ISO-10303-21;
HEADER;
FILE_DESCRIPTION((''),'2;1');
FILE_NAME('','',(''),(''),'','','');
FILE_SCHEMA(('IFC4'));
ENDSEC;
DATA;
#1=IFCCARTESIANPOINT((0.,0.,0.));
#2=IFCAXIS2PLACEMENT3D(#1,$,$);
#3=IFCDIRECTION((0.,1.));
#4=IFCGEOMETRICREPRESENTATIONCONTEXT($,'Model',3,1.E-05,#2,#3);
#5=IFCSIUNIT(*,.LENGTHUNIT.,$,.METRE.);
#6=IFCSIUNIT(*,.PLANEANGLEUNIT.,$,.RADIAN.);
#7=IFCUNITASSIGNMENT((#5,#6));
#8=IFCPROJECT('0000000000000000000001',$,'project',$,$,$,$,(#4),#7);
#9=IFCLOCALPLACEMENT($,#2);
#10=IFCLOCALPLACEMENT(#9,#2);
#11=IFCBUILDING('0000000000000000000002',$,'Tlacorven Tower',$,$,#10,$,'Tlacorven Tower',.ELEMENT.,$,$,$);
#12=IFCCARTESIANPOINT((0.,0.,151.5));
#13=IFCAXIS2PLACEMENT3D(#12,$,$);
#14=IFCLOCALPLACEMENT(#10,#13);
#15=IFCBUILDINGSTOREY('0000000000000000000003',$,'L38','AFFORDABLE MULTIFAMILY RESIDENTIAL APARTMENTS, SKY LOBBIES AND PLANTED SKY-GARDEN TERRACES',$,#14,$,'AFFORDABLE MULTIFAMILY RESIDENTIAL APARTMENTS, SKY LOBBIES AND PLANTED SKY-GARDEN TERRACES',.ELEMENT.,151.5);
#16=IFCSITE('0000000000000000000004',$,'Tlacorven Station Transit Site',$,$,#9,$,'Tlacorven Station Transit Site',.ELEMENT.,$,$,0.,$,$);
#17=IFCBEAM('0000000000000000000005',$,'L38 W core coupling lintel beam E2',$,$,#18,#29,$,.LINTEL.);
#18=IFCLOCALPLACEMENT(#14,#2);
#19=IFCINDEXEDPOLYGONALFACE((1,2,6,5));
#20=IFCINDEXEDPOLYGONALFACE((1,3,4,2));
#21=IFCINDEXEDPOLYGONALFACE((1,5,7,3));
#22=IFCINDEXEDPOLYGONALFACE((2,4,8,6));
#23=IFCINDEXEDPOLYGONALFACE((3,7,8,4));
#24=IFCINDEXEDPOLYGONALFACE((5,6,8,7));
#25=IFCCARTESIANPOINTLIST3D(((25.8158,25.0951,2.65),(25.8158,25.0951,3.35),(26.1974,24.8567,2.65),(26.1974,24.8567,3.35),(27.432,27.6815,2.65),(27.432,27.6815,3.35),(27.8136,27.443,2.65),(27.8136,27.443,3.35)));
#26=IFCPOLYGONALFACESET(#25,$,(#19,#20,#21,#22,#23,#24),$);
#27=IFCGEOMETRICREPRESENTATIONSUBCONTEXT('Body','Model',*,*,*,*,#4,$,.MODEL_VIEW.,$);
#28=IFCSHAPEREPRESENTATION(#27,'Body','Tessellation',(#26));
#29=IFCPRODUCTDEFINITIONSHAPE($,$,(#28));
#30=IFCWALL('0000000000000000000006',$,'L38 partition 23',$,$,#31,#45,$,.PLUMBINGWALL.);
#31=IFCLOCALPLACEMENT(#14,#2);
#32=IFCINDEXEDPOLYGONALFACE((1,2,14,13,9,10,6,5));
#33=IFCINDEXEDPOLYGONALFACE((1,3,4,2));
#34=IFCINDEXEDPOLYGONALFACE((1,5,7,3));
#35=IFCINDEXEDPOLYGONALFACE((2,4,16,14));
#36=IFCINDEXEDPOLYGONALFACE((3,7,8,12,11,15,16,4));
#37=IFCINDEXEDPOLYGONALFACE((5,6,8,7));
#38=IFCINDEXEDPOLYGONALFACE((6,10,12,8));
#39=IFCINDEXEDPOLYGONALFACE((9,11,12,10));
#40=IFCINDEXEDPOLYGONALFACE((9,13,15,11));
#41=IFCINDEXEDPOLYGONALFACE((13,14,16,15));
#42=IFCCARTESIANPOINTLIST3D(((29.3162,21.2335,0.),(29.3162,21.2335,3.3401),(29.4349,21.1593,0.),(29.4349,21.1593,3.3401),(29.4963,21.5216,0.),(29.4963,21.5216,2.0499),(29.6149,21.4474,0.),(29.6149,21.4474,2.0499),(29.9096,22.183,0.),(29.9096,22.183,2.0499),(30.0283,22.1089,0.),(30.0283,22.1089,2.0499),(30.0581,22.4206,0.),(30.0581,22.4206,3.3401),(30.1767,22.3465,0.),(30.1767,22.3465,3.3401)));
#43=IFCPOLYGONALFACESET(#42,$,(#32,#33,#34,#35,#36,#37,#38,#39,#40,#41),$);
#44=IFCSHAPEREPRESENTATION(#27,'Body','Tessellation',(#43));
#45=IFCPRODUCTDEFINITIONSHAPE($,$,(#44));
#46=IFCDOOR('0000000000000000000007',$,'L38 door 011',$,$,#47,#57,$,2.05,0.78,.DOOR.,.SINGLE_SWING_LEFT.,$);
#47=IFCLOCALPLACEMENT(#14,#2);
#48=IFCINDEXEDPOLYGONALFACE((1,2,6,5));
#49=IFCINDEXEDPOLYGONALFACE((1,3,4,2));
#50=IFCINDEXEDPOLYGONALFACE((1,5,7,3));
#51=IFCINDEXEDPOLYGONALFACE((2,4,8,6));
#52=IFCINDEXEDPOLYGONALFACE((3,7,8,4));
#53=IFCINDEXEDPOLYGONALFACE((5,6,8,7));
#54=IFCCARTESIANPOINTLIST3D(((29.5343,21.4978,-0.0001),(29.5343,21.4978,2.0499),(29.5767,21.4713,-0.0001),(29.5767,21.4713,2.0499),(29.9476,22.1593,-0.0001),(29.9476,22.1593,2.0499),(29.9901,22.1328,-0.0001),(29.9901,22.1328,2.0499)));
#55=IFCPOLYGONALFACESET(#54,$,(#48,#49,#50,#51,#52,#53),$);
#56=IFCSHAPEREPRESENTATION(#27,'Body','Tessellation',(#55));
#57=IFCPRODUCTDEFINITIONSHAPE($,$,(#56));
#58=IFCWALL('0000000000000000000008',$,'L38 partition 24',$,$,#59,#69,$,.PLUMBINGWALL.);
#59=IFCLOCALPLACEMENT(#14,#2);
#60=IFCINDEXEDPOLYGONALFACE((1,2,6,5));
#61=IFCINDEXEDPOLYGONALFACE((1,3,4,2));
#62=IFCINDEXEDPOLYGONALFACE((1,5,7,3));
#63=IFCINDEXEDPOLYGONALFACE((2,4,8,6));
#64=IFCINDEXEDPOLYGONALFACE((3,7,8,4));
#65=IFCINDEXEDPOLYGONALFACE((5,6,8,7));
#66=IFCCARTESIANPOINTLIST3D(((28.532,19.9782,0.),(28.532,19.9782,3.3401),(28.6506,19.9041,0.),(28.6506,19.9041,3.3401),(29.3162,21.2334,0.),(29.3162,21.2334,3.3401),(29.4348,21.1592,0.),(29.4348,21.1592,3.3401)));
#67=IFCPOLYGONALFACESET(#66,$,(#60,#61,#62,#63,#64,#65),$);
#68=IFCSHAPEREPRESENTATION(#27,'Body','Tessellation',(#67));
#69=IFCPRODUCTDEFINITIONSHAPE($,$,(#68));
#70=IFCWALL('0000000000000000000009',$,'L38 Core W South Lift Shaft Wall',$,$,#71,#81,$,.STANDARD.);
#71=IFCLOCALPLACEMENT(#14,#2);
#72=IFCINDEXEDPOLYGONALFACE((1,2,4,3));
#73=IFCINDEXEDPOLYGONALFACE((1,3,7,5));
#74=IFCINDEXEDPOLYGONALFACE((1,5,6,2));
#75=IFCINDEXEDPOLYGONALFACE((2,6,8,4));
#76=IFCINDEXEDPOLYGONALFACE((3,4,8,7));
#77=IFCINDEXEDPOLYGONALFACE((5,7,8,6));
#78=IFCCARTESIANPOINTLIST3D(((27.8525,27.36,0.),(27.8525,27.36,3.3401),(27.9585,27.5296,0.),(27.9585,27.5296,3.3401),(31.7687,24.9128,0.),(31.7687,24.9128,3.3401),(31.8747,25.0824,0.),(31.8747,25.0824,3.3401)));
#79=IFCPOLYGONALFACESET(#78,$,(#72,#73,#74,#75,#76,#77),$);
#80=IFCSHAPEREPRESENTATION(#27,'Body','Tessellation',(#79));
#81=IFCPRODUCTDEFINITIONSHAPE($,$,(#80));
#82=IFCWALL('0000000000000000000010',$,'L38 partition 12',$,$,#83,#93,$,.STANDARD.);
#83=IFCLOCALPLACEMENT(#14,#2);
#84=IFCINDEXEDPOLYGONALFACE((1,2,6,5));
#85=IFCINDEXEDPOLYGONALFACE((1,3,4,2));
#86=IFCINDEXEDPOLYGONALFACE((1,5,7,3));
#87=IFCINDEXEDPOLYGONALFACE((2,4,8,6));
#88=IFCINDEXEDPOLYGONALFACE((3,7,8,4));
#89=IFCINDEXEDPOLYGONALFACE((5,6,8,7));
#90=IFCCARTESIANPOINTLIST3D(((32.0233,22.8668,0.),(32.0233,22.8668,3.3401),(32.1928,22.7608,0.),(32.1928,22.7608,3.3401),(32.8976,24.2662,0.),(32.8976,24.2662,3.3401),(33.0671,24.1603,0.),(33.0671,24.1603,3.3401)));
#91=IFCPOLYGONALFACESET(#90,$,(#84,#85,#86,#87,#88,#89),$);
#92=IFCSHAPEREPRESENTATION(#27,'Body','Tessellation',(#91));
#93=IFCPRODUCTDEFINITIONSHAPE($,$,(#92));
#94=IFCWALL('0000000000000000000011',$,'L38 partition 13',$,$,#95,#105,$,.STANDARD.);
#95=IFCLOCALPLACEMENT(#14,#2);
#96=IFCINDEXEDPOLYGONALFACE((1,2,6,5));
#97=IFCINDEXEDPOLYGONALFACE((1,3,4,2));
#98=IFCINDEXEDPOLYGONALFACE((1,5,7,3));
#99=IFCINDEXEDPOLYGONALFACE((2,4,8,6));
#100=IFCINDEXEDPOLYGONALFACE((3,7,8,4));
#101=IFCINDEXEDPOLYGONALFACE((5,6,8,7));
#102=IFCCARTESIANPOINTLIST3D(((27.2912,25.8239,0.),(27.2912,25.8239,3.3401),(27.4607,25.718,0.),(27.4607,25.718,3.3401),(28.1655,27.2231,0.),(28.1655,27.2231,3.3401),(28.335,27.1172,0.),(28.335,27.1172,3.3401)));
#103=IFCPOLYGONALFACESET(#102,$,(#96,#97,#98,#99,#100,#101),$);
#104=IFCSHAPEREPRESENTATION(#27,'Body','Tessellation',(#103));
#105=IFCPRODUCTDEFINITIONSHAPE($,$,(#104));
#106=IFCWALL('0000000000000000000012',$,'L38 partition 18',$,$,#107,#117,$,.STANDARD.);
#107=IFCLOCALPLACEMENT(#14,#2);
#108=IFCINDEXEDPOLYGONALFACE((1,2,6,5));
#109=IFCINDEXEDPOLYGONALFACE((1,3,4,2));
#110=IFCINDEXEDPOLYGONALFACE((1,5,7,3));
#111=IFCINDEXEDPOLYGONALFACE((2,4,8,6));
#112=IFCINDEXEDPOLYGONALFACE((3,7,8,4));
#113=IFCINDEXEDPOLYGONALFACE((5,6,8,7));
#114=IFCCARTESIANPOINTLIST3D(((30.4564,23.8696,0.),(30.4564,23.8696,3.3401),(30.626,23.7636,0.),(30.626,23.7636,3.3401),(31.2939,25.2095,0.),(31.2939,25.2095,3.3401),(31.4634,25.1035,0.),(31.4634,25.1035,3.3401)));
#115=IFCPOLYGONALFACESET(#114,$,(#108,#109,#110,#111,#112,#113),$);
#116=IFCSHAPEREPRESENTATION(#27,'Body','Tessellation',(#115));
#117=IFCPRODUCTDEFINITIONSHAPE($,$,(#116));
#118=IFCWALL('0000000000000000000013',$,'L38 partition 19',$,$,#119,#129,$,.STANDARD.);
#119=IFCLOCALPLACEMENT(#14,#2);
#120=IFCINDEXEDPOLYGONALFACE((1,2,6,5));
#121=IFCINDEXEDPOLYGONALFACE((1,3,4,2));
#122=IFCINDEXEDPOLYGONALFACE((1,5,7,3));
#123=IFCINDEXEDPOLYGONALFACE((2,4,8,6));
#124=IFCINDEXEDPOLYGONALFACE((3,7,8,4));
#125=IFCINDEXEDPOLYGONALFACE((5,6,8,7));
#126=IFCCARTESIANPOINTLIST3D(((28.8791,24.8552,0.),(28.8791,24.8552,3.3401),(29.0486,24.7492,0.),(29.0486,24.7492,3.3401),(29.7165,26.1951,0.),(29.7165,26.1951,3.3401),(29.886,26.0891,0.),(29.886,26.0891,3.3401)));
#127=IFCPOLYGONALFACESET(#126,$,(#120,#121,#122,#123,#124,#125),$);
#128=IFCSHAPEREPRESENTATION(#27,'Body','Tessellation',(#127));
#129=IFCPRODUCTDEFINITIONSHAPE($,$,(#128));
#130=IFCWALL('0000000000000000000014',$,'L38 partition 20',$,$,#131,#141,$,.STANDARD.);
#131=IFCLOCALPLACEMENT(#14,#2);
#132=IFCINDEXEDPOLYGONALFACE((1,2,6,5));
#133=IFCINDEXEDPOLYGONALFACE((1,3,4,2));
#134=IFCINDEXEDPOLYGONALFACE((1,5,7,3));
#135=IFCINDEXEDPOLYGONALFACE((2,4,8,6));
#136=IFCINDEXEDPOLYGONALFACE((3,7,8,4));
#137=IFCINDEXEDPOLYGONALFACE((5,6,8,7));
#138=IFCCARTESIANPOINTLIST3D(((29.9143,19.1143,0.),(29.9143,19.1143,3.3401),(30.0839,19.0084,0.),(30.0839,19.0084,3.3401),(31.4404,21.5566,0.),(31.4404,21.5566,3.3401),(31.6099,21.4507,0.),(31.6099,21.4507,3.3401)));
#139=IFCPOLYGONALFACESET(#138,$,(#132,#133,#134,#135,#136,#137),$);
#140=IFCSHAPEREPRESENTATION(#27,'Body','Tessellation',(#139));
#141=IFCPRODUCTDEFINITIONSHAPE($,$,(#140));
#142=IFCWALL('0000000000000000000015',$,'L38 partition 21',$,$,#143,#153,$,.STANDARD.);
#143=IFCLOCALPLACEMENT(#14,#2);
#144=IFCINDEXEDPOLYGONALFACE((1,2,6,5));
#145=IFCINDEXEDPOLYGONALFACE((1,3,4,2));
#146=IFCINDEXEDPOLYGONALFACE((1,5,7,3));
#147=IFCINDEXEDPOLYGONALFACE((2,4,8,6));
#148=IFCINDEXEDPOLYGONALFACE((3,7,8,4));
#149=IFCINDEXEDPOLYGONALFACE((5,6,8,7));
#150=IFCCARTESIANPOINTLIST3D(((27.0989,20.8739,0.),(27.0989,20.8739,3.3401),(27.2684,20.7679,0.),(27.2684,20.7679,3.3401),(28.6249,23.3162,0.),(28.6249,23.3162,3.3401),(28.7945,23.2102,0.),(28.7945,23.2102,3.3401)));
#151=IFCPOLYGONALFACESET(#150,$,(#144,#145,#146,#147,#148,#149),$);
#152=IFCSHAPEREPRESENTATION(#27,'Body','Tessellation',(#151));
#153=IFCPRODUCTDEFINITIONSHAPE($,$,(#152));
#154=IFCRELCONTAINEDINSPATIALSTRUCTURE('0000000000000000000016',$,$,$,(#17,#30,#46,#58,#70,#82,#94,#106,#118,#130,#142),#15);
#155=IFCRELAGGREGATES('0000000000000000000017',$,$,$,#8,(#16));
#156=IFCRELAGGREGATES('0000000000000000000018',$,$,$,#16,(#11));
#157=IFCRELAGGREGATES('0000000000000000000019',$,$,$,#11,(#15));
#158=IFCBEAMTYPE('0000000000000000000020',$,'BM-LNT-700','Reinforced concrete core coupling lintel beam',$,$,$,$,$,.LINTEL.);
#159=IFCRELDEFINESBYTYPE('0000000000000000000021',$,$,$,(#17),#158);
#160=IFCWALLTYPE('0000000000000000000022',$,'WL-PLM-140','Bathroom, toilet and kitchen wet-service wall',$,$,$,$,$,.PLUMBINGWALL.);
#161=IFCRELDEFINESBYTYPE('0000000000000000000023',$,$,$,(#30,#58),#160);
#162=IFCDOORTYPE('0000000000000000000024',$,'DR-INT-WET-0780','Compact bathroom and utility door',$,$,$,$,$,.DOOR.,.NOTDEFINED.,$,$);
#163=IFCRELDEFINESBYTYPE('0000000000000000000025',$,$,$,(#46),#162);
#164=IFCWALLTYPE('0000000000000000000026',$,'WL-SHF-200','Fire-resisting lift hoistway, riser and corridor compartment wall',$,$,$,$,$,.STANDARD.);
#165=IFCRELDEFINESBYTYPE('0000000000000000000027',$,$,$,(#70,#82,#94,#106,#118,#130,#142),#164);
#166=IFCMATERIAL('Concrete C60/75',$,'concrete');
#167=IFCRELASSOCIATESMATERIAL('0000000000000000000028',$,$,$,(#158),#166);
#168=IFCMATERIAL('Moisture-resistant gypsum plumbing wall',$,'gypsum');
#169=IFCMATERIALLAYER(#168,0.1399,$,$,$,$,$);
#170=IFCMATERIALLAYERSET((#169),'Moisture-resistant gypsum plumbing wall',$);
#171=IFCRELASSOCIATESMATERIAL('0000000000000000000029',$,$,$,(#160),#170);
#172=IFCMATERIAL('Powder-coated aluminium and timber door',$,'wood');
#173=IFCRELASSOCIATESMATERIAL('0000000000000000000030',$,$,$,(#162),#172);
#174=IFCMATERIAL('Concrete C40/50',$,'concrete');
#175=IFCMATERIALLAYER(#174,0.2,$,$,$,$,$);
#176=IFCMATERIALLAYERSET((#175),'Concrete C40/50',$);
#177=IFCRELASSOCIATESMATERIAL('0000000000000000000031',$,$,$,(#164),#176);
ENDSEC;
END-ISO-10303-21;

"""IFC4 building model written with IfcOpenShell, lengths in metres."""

from ifc_helpers import new_model, si_unit, direction, frame, frame_2d, origin, origin_2d, place, context, subcontext, project, spatial, rectangle, extrude, source, transform, mapped, material, layer, layer_set, material_profile, profile_set, type_object, element, fill, save


model = new_model("IFC4")

# Units and contexts
model_context = context("Model", 3, precision=1e-05, world=origin(), true_north=direction((0.0, 1.0)))
body_context = subcontext(model_context, "Body", "Model", "MODEL_VIEW")
ifc_project = project(units=[si_unit("LENGTHUNIT", "METRE"), si_unit("PLANEANGLEUNIT", "RADIAN")], contexts=[model_context])

# Site, building, storey
site_placement = place(None, origin())
site = spatial("IfcSite", under=ifc_project, at=site_placement, Name="Tlacorven Station Transit Site", LongName="Tlacorven Station Transit Site", CompositionType="ELEMENT", RefElevation=0.0)
building_placement = place(site_placement, origin())
building = spatial("IfcBuilding", under=site, at=building_placement, Name="Tlacorven Tower", LongName="Tlacorven Tower", CompositionType="ELEMENT")
storey_placement = place(building_placement, frame((0.0, 0.0, 151.5)))
storey = spatial("IfcBuildingStorey", under=building, at=storey_placement, Name="L38", Description="AFFORDABLE MULTIFAMILY RESIDENTIAL APARTMENTS, SKY LOBBIES AND PLANTED SKY-GARDEN TERRACES", LongName="AFFORDABLE MULTIFAMILY RESIDENTIAL APARTMENTS, SKY LOBBIES AND PLANTED SKY-GARDEN TERRACES", CompositionType="ELEMENT", Elevation=151.5)

# Beam
ifc_material_1 = material(Name="Concrete C60/75", Category="concrete")
ifc_material_profile = material_profile(ifc_material_1, rectangle(XDim=0.45, YDim=0.7, at=origin_2d()), Name="RC 450X700")
ifc_profile_set = profile_set([ifc_material_profile], Name="Concrete C60/75")
beam_type = type_object("IfcBeamType", Name="BM-LNT-700", Description="Reinforced concrete core coupling lintel beam", PredefinedType="LINTEL", material=ifc_profile_set)
shared_shape_1 = source(origin(), body_context, "Body", "SweptSolid", [
    extrude(rectangle(XDim=0.45, YDim=0.7, at=origin_2d()), origin(), (0.0, 0.0, 1.0), 3.0498),
])
beam_placement = place(storey_placement, frame((27.6228, 27.5623, 3.0), z_axis=(-0.529927, -0.848043, 0.0), x_axis=(0.848043, -0.529927, 0.0)))
element("IfcBeam", 1, at=beam_placement, inside=storey, type_object=beam_type, Name="L38 W core coupling lintel beam E2", PredefinedType="LINTEL", context=body_context, shape_type="MappedRepresentation", body=[
    mapped(shared_shape_1, transform((0.0, 0.0, 0.0), scale=1.0)),
])

# Wall, opening, door
ifc_material_2 = material(Name="Moisture-resistant gypsum plumbing wall", Category="gypsum")
ifc_layer_1 = layer(ifc_material_2, 0.1399)
ifc_layer_set_1 = layer_set([ifc_layer_1], Name="Moisture-resistant gypsum plumbing wall")
wall_type_1 = type_object("IfcWallType", Name="WL-PLM-140", Description="Bathroom, toilet and kitchen wet-service wall", PredefinedType="PLUMBINGWALL", material=ifc_layer_set_1)
wall_1_placement = place(storey_placement, frame((30.1174, 22.3835, 0.0), z_axis=(0.0, 0.0, 1.0), x_axis=(-0.529952, -0.848028, 0.0)))
wall_1 = element("IfcWall", 2, at=wall_1_placement, inside=storey, type_object=wall_type_1, Name="L38 partition 23", PredefinedType="PLUMBINGWALL", context=body_context, shape_type="SweptSolid", body=[
    extrude(rectangle(XDim=1.3999, YDim=0.1399, at=frame_2d((0.7, 0.0))), origin(), (0.0, 0.0, 1.0), 3.3401),
])
opening_1_placement = place(wall_1_placement, frame((0.28, 0.0, 0.0)))
opening_1 = element("IfcOpeningElement", 3, at=opening_1_placement, cuts=wall_1, PredefinedType="OPENING", context=body_context, shape_type="SweptSolid", body=[
    extrude(rectangle(XDim=0.78, YDim=2.05, at=frame_2d((0.3901, 1.0249))), frame((0.0, 0.0801, 0.0), z_axis=(0.0, -1.0, 0.0), x_axis=(1.0, 0.0, 0.0)), (0.0, 0.0, 1.0), 0.1599),
])
ifc_material_3 = material(Name="Powder-coated aluminium and timber door", Category="wood")
door_type_1 = type_object("IfcDoorType", Name="DR-INT-WET-0780", Description="Compact bathroom and utility door", OperationType="NOTDEFINED", PredefinedType="DOOR", material=ifc_material_3)
shared_shape_2 = source(origin(), body_context, "Body", "SweptSolid", [
    extrude(rectangle(XDim=0.78, YDim=2.05, at=frame_2d((0.3901, 1.0249))), frame((0.0, 0.0249, 0.0), z_axis=(0.0, -1.0, 0.0), x_axis=(1.0, 0.0, 0.0)), (0.0, 0.0, 1.0), 0.05),
])
door_1_placement = place(opening_1_placement, origin())
door_1 = element("IfcDoor", 4, at=door_1_placement, inside=storey, type_object=door_type_1, Name="L38 door 011", OperationType="SINGLE_SWING_LEFT", OverallHeight=2.05, OverallWidth=0.78, PredefinedType="DOOR", context=body_context, shape_type="MappedRepresentation", body=[
    mapped(shared_shape_2, transform((0.0, 0.0, 0.0), scale=1.0)),
])
fill(opening_1, door_1)

# Walls
wall_2_placement = place(storey_placement, frame((29.3755, 21.1963, 0.0), z_axis=(0.0, 0.0, 1.0), x_axis=(-0.529865, -0.848082, 0.0)))
element("IfcWall", 5, at=wall_2_placement, inside=storey, type_object=wall_type_1, Name="L38 partition 24", PredefinedType="PLUMBINGWALL", context=body_context, shape_type="SweptSolid", body=[
    extrude(rectangle(XDim=1.48, YDim=0.1399, at=frame_2d((0.74, 0.0))), origin(), (0.0, 0.0, 1.0), 3.3401),
])
ifc_material_4 = material(Name="Concrete C40/50", Category="concrete")
ifc_layer_2 = layer(ifc_material_4, 0.2)
ifc_layer_set_2 = layer_set([ifc_layer_2], Name="Concrete C40/50")
wall_type_2 = type_object("IfcWallType", Name="WL-SHF-200", Description="Fire-resisting lift hoistway, riser and corridor compartment wall", PredefinedType="STANDARD", material=ifc_layer_set_2)
wall_3_placement = place(storey_placement, frame((31.8218, 24.9976, 0.0), z_axis=(0.0, 0.0, 1.0), x_axis=(-0.848037, 0.529937, 0.0)))
element("IfcWall", 6, at=wall_3_placement, inside=storey, type_object=wall_type_2, Name="L38 Core W South Lift Shaft Wall", PredefinedType="STANDARD", context=body_context, shape_type="SweptSolid", body=[
    extrude(rectangle(XDim=4.6179, YDim=0.2, at=frame_2d((2.3091, 0.0))), origin(), (0.0, 0.0, 1.0), 3.3401),
])

# Walls
wall_4_placement = place(storey_placement, frame((32.9824, 24.2134, 0.0), z_axis=(0.0, 0.0, 1.0), x_axis=(-0.529839, -0.848098, 0.0)))
element("IfcWall", 7, at=wall_4_placement, inside=storey, type_object=wall_type_2, Name="L38 partition 12", PredefinedType="STANDARD", context=body_context, shape_type="SweptSolid", body=[
    extrude(rectangle(XDim=1.6501, YDim=0.2, at=frame_2d((0.8252, 0.0))), origin(), (0.0, 0.0, 1.0), 3.3401),
])
wall_5_placement = place(storey_placement, frame((28.2502, 27.1702, 0.0), z_axis=(0.0, 0.0, 1.0), x_axis=(-0.529906, -0.848056, 0.0)))
element("IfcWall", 8, at=wall_5_placement, inside=storey, type_object=wall_type_2, Name="L38 partition 13", PredefinedType="STANDARD", context=body_context, shape_type="SweptSolid", body=[
    extrude(rectangle(XDim=1.6499, YDim=0.2, at=frame_2d((0.825, 0.0))), origin(), (0.0, 0.0, 1.0), 3.3401),
])
for number, where, z_axis, x_axis, name in (
    (9, (31.3787, 25.1565, 0.0), (0.0, 0.0, 1.0), (-0.529999, -0.847998, 0.0), "L38 partition 18"),
    (10, (29.8013, 26.1421, 0.0), (0.0, 0.0, 1.0), (-0.529999, -0.847998, 0.0), "L38 partition 19"),
):
    element("IfcWall", number, at=place(storey_placement, frame(where, z_axis=z_axis, x_axis=x_axis)), inside=storey, type_object=wall_type_2, Name=name, PredefinedType="STANDARD", context=body_context, shape_type="SweptSolid", body=[
        extrude(rectangle(XDim=1.5801, YDim=0.2, at=frame_2d((0.79, 0.0))), origin(), (0.0, 0.0, 1.0), 3.3401),
    ])
for number, where, z_axis, x_axis, name in (
    (11, (31.5251, 21.5037, 0.0), (0.0, 0.0, 1.0), (-0.529907, -0.848055, 0.0), "L38 partition 20"),
    (12, (28.7097, 23.2632, 0.0), (0.0, 0.0, 1.0), (-0.529907, -0.848055, 0.0), "L38 partition 21"),
):
    element("IfcWall", number, at=place(storey_placement, frame(where, z_axis=z_axis, x_axis=x_axis)), inside=storey, type_object=wall_type_2, Name=name, PredefinedType="STANDARD", context=body_context, shape_type="SweptSolid", body=[
        extrude(rectangle(XDim=2.8799, YDim=0.2, at=frame_2d((1.4399, 0.0))), origin(), (0.0, 0.0, 1.0), 3.3401),
    ])

save(model, "model.ifc")
